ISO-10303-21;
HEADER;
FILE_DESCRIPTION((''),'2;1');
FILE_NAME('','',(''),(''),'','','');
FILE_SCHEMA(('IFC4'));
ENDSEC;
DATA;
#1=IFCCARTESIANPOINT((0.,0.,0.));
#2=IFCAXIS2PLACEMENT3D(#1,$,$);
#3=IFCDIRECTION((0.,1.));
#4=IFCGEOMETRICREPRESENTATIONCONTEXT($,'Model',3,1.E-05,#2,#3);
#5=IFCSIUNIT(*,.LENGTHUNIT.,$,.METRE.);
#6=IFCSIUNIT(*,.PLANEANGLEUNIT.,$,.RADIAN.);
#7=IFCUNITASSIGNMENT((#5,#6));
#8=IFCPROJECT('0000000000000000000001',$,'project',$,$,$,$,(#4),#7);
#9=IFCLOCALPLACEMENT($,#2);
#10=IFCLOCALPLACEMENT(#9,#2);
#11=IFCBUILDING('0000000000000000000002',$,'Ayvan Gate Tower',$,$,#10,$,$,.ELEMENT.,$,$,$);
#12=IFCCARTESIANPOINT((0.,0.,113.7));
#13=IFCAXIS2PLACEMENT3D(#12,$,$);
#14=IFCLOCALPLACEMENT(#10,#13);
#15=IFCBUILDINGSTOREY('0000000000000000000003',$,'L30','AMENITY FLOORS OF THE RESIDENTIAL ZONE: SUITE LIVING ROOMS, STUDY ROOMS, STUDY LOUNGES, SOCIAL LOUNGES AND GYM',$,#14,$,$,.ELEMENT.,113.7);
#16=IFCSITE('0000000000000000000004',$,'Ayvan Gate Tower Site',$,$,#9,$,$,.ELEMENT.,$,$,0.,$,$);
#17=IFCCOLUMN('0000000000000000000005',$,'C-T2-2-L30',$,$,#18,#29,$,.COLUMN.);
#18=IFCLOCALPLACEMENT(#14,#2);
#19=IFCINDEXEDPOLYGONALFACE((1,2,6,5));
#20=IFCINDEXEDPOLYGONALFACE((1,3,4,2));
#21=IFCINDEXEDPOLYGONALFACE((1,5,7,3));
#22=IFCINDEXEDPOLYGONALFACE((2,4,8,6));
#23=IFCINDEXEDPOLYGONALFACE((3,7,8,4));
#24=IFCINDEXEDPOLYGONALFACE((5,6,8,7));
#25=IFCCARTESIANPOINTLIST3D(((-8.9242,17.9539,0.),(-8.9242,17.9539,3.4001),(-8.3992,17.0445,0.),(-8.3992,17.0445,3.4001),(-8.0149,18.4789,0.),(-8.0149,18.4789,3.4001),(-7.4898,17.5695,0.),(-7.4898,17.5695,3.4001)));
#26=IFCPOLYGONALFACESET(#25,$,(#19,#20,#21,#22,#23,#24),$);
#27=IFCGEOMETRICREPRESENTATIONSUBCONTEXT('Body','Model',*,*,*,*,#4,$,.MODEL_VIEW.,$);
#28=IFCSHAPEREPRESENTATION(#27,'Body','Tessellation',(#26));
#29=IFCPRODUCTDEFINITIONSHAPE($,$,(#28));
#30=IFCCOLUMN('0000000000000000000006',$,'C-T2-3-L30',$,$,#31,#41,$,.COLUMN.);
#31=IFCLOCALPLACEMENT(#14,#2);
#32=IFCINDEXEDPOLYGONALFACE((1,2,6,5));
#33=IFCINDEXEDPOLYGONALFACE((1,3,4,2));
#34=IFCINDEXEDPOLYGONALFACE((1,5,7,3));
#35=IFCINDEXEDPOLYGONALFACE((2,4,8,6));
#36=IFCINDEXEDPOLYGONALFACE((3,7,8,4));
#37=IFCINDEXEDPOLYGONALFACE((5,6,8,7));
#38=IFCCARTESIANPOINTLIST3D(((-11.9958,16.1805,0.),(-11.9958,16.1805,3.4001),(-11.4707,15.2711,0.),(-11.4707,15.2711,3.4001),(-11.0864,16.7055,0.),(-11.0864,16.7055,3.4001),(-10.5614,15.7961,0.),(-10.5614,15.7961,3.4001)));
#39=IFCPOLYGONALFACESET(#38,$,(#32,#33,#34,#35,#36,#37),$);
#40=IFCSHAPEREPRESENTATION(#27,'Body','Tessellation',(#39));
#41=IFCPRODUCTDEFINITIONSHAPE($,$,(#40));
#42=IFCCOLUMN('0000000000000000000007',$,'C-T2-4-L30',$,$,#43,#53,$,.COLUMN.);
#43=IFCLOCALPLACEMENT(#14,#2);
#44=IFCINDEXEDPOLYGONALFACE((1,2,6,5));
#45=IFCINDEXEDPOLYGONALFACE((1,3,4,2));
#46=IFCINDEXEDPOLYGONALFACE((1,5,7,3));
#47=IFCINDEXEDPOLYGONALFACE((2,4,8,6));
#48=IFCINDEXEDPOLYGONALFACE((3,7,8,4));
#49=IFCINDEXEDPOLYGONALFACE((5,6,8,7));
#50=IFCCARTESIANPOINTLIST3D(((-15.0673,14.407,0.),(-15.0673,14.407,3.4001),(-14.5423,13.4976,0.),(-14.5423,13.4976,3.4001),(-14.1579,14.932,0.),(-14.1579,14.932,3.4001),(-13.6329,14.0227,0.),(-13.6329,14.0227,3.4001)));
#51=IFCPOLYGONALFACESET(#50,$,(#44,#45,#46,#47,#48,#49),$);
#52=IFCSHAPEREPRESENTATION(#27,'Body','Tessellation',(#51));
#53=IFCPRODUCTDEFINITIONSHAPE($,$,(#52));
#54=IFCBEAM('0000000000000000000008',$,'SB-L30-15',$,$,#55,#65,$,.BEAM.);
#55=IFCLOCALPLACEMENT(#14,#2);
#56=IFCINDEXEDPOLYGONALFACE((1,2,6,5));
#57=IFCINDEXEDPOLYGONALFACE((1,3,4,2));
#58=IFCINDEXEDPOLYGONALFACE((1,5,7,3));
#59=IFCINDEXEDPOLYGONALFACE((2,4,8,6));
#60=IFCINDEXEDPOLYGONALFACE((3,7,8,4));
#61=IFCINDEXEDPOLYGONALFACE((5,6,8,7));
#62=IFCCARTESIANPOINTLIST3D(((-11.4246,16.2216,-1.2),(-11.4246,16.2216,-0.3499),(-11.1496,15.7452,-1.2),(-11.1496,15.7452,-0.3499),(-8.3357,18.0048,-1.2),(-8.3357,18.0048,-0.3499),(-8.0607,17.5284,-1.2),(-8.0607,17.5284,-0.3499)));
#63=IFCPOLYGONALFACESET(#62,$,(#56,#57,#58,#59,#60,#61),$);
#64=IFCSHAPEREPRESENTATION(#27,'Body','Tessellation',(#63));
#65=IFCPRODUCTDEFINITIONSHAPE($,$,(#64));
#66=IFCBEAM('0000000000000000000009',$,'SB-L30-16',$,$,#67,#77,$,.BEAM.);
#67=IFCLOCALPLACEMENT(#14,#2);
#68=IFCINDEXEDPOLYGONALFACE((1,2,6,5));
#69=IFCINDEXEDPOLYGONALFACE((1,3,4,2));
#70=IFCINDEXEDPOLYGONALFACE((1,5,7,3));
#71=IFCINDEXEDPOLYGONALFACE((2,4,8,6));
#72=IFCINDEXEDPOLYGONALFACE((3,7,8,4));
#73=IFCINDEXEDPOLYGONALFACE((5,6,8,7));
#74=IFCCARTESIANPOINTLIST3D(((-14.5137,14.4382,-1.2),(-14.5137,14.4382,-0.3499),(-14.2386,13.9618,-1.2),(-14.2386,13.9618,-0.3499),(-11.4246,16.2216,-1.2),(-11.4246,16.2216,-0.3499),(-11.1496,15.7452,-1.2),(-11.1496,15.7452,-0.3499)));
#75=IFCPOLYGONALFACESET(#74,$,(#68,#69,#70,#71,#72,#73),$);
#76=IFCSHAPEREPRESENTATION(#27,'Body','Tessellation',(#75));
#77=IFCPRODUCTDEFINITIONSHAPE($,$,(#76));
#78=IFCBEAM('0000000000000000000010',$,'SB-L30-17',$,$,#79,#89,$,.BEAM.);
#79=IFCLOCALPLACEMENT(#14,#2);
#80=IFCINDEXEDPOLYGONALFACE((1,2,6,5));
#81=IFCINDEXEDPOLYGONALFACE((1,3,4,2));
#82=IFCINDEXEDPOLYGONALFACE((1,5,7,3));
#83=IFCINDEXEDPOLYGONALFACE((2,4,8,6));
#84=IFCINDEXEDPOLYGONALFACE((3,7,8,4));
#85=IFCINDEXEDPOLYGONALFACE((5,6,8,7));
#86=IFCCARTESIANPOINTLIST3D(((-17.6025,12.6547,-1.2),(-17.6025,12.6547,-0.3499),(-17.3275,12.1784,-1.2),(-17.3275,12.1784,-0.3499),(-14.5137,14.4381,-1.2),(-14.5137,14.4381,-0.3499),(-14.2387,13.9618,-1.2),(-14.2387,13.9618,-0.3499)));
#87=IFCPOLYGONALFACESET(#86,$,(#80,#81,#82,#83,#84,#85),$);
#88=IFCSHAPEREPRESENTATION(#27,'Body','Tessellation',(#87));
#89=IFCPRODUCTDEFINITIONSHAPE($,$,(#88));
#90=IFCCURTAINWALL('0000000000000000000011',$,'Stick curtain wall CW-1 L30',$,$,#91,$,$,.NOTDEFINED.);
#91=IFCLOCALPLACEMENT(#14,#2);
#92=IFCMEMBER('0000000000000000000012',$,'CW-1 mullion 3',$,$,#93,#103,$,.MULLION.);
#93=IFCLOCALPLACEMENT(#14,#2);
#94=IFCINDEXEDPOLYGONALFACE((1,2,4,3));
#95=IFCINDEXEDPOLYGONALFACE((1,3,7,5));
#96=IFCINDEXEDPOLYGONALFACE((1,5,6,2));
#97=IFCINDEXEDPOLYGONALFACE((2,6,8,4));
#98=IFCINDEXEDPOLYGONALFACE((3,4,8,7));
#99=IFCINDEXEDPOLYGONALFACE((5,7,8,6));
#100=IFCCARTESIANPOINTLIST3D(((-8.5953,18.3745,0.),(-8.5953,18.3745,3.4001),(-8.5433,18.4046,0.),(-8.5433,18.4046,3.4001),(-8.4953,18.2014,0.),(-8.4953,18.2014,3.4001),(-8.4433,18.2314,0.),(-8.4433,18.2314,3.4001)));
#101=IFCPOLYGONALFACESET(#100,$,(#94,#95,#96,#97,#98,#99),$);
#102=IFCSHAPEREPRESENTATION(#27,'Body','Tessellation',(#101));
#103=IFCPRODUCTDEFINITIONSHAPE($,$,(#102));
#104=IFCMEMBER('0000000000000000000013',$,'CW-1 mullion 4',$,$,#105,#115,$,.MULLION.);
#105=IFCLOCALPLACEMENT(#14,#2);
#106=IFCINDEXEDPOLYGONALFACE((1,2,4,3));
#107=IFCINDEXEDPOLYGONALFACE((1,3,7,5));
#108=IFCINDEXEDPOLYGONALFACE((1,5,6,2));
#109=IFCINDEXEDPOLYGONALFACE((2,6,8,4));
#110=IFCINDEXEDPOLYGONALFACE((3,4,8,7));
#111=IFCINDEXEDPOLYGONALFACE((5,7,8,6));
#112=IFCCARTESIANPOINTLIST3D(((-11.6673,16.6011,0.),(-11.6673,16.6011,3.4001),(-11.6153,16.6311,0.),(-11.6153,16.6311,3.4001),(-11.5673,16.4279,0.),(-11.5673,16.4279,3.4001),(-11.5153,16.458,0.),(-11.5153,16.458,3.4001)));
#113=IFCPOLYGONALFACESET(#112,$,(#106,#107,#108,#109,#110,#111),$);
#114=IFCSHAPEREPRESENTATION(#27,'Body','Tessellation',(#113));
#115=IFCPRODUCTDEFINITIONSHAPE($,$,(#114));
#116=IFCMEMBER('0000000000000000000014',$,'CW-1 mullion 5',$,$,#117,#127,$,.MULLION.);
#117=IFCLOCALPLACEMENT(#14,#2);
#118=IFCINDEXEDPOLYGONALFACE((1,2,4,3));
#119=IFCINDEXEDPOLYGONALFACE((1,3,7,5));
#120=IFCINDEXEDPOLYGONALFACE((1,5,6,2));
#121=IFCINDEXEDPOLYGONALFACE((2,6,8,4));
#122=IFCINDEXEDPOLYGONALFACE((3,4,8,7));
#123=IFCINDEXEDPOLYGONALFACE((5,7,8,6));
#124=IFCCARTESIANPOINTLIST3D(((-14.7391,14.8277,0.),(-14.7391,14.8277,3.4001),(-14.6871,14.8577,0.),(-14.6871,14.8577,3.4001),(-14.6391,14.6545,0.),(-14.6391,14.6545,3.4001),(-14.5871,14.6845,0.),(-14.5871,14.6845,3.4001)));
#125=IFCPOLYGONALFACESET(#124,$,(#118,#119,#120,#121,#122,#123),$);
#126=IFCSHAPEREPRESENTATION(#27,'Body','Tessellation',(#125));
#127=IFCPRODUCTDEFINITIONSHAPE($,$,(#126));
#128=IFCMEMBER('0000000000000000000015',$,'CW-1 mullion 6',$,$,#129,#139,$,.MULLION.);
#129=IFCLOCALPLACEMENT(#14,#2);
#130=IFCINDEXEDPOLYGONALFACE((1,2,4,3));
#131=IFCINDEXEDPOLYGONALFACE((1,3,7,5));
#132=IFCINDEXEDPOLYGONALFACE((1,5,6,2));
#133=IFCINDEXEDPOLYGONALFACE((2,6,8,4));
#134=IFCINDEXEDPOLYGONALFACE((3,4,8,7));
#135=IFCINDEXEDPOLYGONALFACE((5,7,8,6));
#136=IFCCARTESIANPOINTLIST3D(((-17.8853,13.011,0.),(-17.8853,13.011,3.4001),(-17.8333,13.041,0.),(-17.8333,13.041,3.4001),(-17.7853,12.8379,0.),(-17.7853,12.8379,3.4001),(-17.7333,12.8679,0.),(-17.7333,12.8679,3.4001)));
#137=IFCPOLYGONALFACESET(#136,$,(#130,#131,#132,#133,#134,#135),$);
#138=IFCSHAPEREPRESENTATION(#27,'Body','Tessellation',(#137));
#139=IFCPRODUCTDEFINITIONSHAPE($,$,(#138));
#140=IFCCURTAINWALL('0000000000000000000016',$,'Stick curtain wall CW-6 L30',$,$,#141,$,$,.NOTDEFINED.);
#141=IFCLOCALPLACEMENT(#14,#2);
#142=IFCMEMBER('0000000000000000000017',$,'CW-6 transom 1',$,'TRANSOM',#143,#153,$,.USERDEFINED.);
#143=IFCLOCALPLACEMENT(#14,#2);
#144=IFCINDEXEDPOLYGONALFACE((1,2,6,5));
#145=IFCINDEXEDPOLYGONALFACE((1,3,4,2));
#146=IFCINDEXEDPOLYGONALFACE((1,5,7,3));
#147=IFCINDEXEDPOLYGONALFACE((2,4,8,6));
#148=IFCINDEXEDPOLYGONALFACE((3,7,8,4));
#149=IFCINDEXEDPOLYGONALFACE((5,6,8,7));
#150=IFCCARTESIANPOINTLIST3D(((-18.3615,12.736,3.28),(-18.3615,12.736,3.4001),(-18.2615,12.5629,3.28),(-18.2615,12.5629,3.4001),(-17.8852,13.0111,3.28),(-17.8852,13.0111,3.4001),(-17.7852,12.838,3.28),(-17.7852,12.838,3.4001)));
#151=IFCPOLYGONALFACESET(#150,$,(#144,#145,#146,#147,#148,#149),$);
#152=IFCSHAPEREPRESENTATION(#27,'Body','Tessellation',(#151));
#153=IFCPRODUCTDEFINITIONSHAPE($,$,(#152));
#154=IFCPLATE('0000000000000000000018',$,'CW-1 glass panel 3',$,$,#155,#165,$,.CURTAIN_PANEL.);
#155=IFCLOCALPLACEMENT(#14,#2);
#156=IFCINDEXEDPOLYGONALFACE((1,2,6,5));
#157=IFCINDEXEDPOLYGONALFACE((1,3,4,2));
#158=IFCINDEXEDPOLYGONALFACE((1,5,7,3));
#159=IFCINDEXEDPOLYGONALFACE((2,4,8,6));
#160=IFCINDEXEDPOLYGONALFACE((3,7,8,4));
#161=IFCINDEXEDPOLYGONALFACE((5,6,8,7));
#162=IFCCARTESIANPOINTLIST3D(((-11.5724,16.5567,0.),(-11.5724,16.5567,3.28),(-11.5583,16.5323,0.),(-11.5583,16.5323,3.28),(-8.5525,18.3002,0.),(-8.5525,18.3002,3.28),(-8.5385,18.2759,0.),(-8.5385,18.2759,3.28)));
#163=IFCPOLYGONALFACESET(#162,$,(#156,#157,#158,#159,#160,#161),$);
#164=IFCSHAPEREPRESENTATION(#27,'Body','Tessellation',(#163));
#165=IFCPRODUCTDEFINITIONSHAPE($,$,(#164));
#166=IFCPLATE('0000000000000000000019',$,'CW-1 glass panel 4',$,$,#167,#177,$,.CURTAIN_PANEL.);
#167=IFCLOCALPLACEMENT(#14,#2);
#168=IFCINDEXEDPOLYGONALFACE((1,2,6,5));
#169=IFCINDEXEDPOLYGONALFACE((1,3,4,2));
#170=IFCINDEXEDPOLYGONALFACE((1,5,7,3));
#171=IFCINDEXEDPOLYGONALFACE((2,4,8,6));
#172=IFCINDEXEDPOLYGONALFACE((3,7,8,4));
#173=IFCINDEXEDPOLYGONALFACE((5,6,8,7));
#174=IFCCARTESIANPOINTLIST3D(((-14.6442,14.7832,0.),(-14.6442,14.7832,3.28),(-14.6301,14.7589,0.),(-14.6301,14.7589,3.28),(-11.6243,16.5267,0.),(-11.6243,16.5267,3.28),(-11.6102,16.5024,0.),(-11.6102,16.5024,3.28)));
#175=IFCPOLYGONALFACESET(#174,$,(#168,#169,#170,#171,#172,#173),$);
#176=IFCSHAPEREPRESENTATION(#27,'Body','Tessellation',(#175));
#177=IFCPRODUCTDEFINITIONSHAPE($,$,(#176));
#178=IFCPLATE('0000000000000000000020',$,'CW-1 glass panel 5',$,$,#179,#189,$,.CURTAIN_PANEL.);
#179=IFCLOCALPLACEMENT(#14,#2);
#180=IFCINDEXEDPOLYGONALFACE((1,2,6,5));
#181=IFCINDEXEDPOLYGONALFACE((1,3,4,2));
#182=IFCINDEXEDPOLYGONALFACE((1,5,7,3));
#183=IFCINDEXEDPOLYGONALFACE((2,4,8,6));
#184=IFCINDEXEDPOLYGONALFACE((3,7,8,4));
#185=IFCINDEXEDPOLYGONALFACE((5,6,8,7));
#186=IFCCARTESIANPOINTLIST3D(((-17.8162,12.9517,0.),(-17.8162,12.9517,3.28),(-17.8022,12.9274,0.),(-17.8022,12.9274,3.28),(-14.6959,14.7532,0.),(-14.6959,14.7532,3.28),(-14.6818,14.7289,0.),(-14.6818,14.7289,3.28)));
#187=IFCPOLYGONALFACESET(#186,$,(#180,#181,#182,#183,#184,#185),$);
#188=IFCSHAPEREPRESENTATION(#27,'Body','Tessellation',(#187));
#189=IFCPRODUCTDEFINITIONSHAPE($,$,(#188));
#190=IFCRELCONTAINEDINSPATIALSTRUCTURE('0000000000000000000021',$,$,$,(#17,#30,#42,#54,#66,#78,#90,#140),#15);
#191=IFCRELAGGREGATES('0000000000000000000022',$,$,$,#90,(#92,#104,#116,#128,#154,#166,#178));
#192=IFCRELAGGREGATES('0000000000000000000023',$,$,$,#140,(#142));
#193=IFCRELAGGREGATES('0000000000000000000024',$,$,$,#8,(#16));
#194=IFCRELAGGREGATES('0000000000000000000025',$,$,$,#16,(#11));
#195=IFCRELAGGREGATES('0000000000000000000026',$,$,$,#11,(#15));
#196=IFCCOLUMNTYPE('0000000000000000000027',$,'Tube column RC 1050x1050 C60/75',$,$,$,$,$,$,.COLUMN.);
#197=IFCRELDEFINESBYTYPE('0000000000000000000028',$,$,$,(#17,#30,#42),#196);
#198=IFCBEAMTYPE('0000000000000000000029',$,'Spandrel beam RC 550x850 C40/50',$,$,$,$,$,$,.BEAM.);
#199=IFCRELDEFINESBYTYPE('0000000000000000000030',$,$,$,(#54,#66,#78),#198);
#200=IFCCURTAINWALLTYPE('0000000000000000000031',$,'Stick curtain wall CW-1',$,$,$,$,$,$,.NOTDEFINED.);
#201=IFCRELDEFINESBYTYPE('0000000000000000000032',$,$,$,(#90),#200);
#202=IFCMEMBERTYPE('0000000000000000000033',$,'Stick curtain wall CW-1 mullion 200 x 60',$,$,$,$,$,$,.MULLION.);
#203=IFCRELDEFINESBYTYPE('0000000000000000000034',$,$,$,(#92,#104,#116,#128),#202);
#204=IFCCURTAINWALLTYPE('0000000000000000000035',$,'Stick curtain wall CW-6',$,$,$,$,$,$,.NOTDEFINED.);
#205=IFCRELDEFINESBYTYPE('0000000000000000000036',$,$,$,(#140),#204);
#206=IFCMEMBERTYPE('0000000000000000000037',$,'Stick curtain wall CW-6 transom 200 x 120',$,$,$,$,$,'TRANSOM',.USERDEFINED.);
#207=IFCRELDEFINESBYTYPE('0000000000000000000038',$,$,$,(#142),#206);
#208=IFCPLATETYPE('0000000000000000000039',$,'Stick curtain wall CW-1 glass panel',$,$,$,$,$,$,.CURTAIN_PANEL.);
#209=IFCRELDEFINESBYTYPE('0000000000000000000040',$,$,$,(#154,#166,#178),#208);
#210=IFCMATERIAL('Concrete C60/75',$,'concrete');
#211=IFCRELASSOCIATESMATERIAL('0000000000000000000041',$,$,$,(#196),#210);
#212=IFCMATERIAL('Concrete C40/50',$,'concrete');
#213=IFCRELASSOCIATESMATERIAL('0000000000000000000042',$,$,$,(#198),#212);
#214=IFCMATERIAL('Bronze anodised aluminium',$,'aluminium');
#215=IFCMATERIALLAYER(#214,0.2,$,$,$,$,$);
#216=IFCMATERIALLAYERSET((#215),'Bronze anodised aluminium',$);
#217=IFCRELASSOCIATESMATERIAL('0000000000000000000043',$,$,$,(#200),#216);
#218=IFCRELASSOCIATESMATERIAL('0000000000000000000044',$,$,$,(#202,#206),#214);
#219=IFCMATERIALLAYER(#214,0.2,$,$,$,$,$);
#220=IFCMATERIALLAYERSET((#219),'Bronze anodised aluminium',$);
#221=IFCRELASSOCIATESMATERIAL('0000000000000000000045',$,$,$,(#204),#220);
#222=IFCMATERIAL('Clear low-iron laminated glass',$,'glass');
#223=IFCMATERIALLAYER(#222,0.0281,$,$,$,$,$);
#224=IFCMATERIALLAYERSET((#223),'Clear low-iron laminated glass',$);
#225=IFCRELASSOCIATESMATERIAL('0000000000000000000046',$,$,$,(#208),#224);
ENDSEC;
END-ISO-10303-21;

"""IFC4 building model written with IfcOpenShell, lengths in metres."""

from ifc_helpers import new_model, si_unit, direction, frame, origin, origin_2d, place, context, subcontext, project, spatial, rectangle, extrude, material, layer, layer_set, material_profile, profile_set, type_object, element, aggregate, save


model = new_model("IFC4")

# Units and contexts
model_context = context("Model", 3, precision=1e-05, world=origin(), true_north=direction((0.0, 1.0)))
body_context = subcontext(model_context, "Body", "Model", "MODEL_VIEW")
ifc_project = project(units=[si_unit("LENGTHUNIT", "METRE"), si_unit("PLANEANGLEUNIT", "RADIAN")], contexts=[model_context])

# Site, building, storey
site_placement = place(None, origin())
site = spatial("IfcSite", under=ifc_project, at=site_placement, Name="Ayvan Gate Tower Site", CompositionType="ELEMENT", RefElevation=0.0)
building_placement = place(site_placement, origin())
building = spatial("IfcBuilding", under=site, at=building_placement, Name="Ayvan Gate Tower", CompositionType="ELEMENT")
storey_placement = place(building_placement, frame((0.0, 0.0, 113.7)))
storey = spatial("IfcBuildingStorey", under=building, at=storey_placement, Name="L30", Description="AMENITY FLOORS OF THE RESIDENTIAL ZONE: SUITE LIVING ROOMS, STUDY ROOMS, STUDY LOUNGES, SOCIAL LOUNGES AND GYM", CompositionType="ELEMENT", Elevation=113.7)

# Columns
ifc_material_1 = material(Name="Concrete C60/75", Category="concrete")
ifc_material_profile_1 = material_profile(ifc_material_1, rectangle(XDim=1.05, YDim=1.05, at=origin_2d()), Name="RC 1050x1050")
ifc_profile_set_1 = profile_set([ifc_material_profile_1], Name="Concrete C60/75")
column_type = type_object("IfcColumnType", Name="Tube column RC 1050x1050 C60/75", PredefinedType="COLUMN", material=ifc_profile_set_1)
for number, where, z_axis, x_axis, name in (
    (1, (-8.207, 17.7617, 0.0), (0.0, 0.0, 1.0), (-0.5, 0.866025, 0.0), "C-T2-2-L30"),
    (2, (-11.2786, 15.9883, 0.0), (0.0, 0.0, 1.0), (-0.5, 0.866025, 0.0), "C-T2-3-L30"),
    (3, (-14.3501, 14.2148, 0.0), (0.0, 0.0, 1.0), (-0.5, 0.866025, 0.0), "C-T2-4-L30"),
):
    element("IfcColumn", number, at=place(storey_placement, frame(where, z_axis=z_axis, x_axis=x_axis)), inside=storey, type_object=column_type, Name=name, PredefinedType="COLUMN", context=body_context, shape_type="SweptSolid", body=[
        extrude(rectangle(XDim=1.05, YDim=1.05, at=origin_2d()), origin(), (0.0, 0.0, 1.0), 3.4001),
    ])

# Beams
ifc_material_2 = material(Name="Concrete C40/50", Category="concrete")
ifc_material_profile_2 = material_profile(ifc_material_2, rectangle(XDim=0.55, YDim=0.8501, at=origin_2d()), Name="RC 550x850")
ifc_profile_set_2 = profile_set([ifc_material_profile_2], Name="Concrete C40/50")
beam_type = type_object("IfcBeamType", Name="Spandrel beam RC 550x850 C40/50", PredefinedType="BEAM", material=ifc_profile_set_2)
beam_1_placement = place(storey_placement, frame((-8.1982, 17.7666, -0.7749), z_axis=(-0.866044, -0.499967, 0.0), x_axis=(0.499967, -0.866044, 0.0)))
element("IfcBeam", 4, at=beam_1_placement, inside=storey, type_object=beam_type, Name="SB-L30-15", PredefinedType="BEAM", context=body_context, shape_type="SweptSolid", body=[
    extrude(rectangle(XDim=0.55, YDim=0.8501, at=origin_2d()), origin(), (0.0, 0.0, 1.0), 3.5667),
])
beam_2_placement = place(storey_placement, frame((-11.2871, 15.9834, -0.7749), z_axis=(-0.866032, -0.499989, 0.0), x_axis=(0.499989, -0.866032, 0.0)))
element("IfcBeam", 5, at=beam_2_placement, inside=storey, type_object=beam_type, Name="SB-L30-16", PredefinedType="BEAM", context=body_context, shape_type="SweptSolid", body=[
    extrude(rectangle(XDim=0.55, YDim=0.8501, at=origin_2d()), origin(), (0.0, 0.0, 1.0), 3.5669),
])
beam_3_placement = place(storey_placement, frame((-14.3762, 14.2, -0.7749), z_axis=(-0.866015, -0.500019, 0.0), x_axis=(0.500019, -0.866015, 0.0)))
element("IfcBeam", 6, at=beam_3_placement, inside=storey, type_object=beam_type, Name="SB-L30-17", PredefinedType="BEAM", context=body_context, shape_type="SweptSolid", body=[
    extrude(rectangle(XDim=0.55, YDim=0.8501, at=origin_2d()), origin(), (0.0, 0.0, 1.0), 3.5667),
])

# Curtain wall, members
ifc_material_3 = material(Name="Bronze anodised aluminium", Category="aluminium")
ifc_layer_1 = layer(ifc_material_3, 0.2)
ifc_layer_set_1 = layer_set([ifc_layer_1], Name="Bronze anodised aluminium")
curtain_wall_type_1 = type_object("IfcCurtainWallType", Name="Stick curtain wall CW-1", PredefinedType="NOTDEFINED", material=ifc_layer_set_1)
curtain_wall_1_placement = place(storey_placement, origin())
curtain_wall_1 = element("IfcCurtainWall", 7, at=curtain_wall_1_placement, inside=storey, type_object=curtain_wall_type_1, Name="Stick curtain wall CW-1 L30", PredefinedType="NOTDEFINED")
ifc_material_profile_3 = material_profile(ifc_material_3, rectangle(XDim=0.2, YDim=0.0601, at=origin_2d()), Name="Stick curtain wall CW-1 mullion 200 x 60")
ifc_profile_set_3 = profile_set([ifc_material_profile_3], Name="Bronze anodised aluminium")
member_type_1 = type_object("IfcMemberType", Name="Stick curtain wall CW-1 mullion 200 x 60", PredefinedType="MULLION", material=ifc_profile_set_3)
member_1_placement = place(storey_placement, frame((-8.5193, 18.303, 0.0), z_axis=(0.0, 0.0, 1.0), x_axis=(-0.5, 0.866025, 0.0)))
member_1 = element("IfcMember", 8, at=member_1_placement, type_object=member_type_1, Name="CW-1 mullion 3", PredefinedType="MULLION", context=body_context, shape_type="SweptSolid", body=[
    extrude(rectangle(XDim=0.2, YDim=0.0601, at=origin_2d()), origin(), (0.0, 0.0, 1.0), 3.4001),
])
member_2_placement = place(storey_placement, frame((-11.5913, 16.5295, 0.0), z_axis=(0.0, 0.0, 1.0), x_axis=(-0.5, 0.866025, 0.0)))
member_2 = element("IfcMember", 9, at=member_2_placement, type_object=member_type_1, Name="CW-1 mullion 4", PredefinedType="MULLION", context=body_context, shape_type="SweptSolid", body=[
    extrude(rectangle(XDim=0.2, YDim=0.0601, at=origin_2d()), origin(), (0.0, 0.0, 1.0), 3.4001),
])
member_3_placement = place(storey_placement, frame((-14.6631, 14.7561, 0.0), z_axis=(0.0, 0.0, 1.0), x_axis=(-0.5, 0.866025, 0.0)))
member_3 = element("IfcMember", 10, at=member_3_placement, type_object=member_type_1, Name="CW-1 mullion 5", PredefinedType="MULLION", context=body_context, shape_type="SweptSolid", body=[
    extrude(rectangle(XDim=0.2, YDim=0.0601, at=origin_2d()), origin(), (0.0, 0.0, 1.0), 3.4001),
])
member_4_placement = place(storey_placement, frame((-17.8093, 12.9395, 0.0), z_axis=(0.0, 0.0, 1.0), x_axis=(-0.5, 0.866025, 0.0)))
member_4 = element("IfcMember", 11, at=member_4_placement, type_object=member_type_1, Name="CW-1 mullion 6", PredefinedType="MULLION", context=body_context, shape_type="SweptSolid", body=[
    extrude(rectangle(XDim=0.2, YDim=0.0601, at=origin_2d()), origin(), (0.0, 0.0, 1.0), 3.4001),
])

# Curtain wall, member
ifc_layer_2 = layer(ifc_material_3, 0.2)
ifc_layer_set_2 = layer_set([ifc_layer_2], Name="Bronze anodised aluminium")
curtain_wall_type_2 = type_object("IfcCurtainWallType", Name="Stick curtain wall CW-6", PredefinedType="NOTDEFINED", material=ifc_layer_set_2)
curtain_wall_2_placement = place(storey_placement, origin())
curtain_wall_2 = element("IfcCurtainWall", 12, at=curtain_wall_2_placement, inside=storey, type_object=curtain_wall_type_2, Name="Stick curtain wall CW-6 L30", PredefinedType="NOTDEFINED")
ifc_material_profile_4 = material_profile(ifc_material_3, rectangle(XDim=0.2, YDim=0.1201, at=origin_2d()), Name="Stick curtain wall CW-6 transom 200 x 120")
ifc_profile_set_4 = profile_set([ifc_material_profile_4], Name="Bronze anodised aluminium")
member_type_2 = type_object("IfcMemberType", Name="Stick curtain wall CW-6 transom 200 x 120", ElementType="TRANSOM", PredefinedType="USERDEFINED", material=ifc_profile_set_4)
member_5_placement = place(storey_placement, frame((-17.8352, 12.9246, 3.3401), z_axis=(-0.865912, -0.500196, 0.0), x_axis=(0.500196, -0.865912, 0.0)))
member_5 = element("IfcMember", 13, at=member_5_placement, type_object=member_type_2, Name="CW-6 transom 1", ObjectType="TRANSOM", PredefinedType="USERDEFINED", context=body_context, shape_type="SweptSolid", body=[
    extrude(rectangle(XDim=0.2, YDim=0.1201, at=origin_2d()), origin(), (0.0, 0.0, 1.0), 0.55),
])

# Plates
ifc_material_4 = material(Name="Clear low-iron laminated glass", Category="glass")
ifc_layer_3 = layer(ifc_material_4, 0.0281)
ifc_layer_set_3 = layer_set([ifc_layer_3], Name="Clear low-iron laminated glass")
plate_type_1 = type_object("IfcPlateType", Name="Stick curtain wall CW-1 glass panel", PredefinedType="CURTAIN_PANEL", material=ifc_layer_set_3)
plate_1_placement = place(storey_placement, frame((-10.0554, 17.4163, 0.0), z_axis=(0.0, 0.0, 1.0), x_axis=(-0.866025, -0.5, 0.0)))
plate_1 = element("IfcPlate", 14, at=plate_1_placement, type_object=plate_type_1, Name="CW-1 glass panel 3", PredefinedType="CURTAIN_PANEL", context=body_context, shape_type="SweptSolid", body=[
    extrude(rectangle(XDim=3.4871, YDim=0.0281, at=origin_2d()), origin(), (0.0, 0.0, 1.0), 3.28),
])
plate_2_placement = place(storey_placement, frame((-13.1272, 15.6428, 0.0), z_axis=(0.0, 0.0, 1.0), x_axis=(-0.866025, -0.5, 0.0)))
plate_2 = element("IfcPlate", 15, at=plate_2_placement, type_object=plate_type_1, Name="CW-1 glass panel 4", PredefinedType="CURTAIN_PANEL", context=body_context, shape_type="SweptSolid", body=[
    extrude(rectangle(XDim=3.4871, YDim=0.0281, at=origin_2d()), origin(), (0.0, 0.0, 1.0), 3.28),
])
plate_3_placement = place(storey_placement, frame((-16.249, 13.8403, 0.0), z_axis=(0.0, 0.0, 1.0), x_axis=(-0.866025, -0.5, 0.0)))
plate_3 = element("IfcPlate", 16, at=plate_3_placement, type_object=plate_type_1, Name="CW-1 glass panel 5", PredefinedType="CURTAIN_PANEL", context=body_context, shape_type="SweptSolid", body=[
    extrude(rectangle(XDim=3.603, YDim=0.0281, at=origin_2d()), origin(), (0.0, 0.0, 1.0), 3.28),
])
aggregate(curtain_wall_1, [member_1, member_2, member_3, member_4, plate_1, plate_2, plate_3])
aggregate(curtain_wall_2, [member_5])

save(model, "model.ifc")
